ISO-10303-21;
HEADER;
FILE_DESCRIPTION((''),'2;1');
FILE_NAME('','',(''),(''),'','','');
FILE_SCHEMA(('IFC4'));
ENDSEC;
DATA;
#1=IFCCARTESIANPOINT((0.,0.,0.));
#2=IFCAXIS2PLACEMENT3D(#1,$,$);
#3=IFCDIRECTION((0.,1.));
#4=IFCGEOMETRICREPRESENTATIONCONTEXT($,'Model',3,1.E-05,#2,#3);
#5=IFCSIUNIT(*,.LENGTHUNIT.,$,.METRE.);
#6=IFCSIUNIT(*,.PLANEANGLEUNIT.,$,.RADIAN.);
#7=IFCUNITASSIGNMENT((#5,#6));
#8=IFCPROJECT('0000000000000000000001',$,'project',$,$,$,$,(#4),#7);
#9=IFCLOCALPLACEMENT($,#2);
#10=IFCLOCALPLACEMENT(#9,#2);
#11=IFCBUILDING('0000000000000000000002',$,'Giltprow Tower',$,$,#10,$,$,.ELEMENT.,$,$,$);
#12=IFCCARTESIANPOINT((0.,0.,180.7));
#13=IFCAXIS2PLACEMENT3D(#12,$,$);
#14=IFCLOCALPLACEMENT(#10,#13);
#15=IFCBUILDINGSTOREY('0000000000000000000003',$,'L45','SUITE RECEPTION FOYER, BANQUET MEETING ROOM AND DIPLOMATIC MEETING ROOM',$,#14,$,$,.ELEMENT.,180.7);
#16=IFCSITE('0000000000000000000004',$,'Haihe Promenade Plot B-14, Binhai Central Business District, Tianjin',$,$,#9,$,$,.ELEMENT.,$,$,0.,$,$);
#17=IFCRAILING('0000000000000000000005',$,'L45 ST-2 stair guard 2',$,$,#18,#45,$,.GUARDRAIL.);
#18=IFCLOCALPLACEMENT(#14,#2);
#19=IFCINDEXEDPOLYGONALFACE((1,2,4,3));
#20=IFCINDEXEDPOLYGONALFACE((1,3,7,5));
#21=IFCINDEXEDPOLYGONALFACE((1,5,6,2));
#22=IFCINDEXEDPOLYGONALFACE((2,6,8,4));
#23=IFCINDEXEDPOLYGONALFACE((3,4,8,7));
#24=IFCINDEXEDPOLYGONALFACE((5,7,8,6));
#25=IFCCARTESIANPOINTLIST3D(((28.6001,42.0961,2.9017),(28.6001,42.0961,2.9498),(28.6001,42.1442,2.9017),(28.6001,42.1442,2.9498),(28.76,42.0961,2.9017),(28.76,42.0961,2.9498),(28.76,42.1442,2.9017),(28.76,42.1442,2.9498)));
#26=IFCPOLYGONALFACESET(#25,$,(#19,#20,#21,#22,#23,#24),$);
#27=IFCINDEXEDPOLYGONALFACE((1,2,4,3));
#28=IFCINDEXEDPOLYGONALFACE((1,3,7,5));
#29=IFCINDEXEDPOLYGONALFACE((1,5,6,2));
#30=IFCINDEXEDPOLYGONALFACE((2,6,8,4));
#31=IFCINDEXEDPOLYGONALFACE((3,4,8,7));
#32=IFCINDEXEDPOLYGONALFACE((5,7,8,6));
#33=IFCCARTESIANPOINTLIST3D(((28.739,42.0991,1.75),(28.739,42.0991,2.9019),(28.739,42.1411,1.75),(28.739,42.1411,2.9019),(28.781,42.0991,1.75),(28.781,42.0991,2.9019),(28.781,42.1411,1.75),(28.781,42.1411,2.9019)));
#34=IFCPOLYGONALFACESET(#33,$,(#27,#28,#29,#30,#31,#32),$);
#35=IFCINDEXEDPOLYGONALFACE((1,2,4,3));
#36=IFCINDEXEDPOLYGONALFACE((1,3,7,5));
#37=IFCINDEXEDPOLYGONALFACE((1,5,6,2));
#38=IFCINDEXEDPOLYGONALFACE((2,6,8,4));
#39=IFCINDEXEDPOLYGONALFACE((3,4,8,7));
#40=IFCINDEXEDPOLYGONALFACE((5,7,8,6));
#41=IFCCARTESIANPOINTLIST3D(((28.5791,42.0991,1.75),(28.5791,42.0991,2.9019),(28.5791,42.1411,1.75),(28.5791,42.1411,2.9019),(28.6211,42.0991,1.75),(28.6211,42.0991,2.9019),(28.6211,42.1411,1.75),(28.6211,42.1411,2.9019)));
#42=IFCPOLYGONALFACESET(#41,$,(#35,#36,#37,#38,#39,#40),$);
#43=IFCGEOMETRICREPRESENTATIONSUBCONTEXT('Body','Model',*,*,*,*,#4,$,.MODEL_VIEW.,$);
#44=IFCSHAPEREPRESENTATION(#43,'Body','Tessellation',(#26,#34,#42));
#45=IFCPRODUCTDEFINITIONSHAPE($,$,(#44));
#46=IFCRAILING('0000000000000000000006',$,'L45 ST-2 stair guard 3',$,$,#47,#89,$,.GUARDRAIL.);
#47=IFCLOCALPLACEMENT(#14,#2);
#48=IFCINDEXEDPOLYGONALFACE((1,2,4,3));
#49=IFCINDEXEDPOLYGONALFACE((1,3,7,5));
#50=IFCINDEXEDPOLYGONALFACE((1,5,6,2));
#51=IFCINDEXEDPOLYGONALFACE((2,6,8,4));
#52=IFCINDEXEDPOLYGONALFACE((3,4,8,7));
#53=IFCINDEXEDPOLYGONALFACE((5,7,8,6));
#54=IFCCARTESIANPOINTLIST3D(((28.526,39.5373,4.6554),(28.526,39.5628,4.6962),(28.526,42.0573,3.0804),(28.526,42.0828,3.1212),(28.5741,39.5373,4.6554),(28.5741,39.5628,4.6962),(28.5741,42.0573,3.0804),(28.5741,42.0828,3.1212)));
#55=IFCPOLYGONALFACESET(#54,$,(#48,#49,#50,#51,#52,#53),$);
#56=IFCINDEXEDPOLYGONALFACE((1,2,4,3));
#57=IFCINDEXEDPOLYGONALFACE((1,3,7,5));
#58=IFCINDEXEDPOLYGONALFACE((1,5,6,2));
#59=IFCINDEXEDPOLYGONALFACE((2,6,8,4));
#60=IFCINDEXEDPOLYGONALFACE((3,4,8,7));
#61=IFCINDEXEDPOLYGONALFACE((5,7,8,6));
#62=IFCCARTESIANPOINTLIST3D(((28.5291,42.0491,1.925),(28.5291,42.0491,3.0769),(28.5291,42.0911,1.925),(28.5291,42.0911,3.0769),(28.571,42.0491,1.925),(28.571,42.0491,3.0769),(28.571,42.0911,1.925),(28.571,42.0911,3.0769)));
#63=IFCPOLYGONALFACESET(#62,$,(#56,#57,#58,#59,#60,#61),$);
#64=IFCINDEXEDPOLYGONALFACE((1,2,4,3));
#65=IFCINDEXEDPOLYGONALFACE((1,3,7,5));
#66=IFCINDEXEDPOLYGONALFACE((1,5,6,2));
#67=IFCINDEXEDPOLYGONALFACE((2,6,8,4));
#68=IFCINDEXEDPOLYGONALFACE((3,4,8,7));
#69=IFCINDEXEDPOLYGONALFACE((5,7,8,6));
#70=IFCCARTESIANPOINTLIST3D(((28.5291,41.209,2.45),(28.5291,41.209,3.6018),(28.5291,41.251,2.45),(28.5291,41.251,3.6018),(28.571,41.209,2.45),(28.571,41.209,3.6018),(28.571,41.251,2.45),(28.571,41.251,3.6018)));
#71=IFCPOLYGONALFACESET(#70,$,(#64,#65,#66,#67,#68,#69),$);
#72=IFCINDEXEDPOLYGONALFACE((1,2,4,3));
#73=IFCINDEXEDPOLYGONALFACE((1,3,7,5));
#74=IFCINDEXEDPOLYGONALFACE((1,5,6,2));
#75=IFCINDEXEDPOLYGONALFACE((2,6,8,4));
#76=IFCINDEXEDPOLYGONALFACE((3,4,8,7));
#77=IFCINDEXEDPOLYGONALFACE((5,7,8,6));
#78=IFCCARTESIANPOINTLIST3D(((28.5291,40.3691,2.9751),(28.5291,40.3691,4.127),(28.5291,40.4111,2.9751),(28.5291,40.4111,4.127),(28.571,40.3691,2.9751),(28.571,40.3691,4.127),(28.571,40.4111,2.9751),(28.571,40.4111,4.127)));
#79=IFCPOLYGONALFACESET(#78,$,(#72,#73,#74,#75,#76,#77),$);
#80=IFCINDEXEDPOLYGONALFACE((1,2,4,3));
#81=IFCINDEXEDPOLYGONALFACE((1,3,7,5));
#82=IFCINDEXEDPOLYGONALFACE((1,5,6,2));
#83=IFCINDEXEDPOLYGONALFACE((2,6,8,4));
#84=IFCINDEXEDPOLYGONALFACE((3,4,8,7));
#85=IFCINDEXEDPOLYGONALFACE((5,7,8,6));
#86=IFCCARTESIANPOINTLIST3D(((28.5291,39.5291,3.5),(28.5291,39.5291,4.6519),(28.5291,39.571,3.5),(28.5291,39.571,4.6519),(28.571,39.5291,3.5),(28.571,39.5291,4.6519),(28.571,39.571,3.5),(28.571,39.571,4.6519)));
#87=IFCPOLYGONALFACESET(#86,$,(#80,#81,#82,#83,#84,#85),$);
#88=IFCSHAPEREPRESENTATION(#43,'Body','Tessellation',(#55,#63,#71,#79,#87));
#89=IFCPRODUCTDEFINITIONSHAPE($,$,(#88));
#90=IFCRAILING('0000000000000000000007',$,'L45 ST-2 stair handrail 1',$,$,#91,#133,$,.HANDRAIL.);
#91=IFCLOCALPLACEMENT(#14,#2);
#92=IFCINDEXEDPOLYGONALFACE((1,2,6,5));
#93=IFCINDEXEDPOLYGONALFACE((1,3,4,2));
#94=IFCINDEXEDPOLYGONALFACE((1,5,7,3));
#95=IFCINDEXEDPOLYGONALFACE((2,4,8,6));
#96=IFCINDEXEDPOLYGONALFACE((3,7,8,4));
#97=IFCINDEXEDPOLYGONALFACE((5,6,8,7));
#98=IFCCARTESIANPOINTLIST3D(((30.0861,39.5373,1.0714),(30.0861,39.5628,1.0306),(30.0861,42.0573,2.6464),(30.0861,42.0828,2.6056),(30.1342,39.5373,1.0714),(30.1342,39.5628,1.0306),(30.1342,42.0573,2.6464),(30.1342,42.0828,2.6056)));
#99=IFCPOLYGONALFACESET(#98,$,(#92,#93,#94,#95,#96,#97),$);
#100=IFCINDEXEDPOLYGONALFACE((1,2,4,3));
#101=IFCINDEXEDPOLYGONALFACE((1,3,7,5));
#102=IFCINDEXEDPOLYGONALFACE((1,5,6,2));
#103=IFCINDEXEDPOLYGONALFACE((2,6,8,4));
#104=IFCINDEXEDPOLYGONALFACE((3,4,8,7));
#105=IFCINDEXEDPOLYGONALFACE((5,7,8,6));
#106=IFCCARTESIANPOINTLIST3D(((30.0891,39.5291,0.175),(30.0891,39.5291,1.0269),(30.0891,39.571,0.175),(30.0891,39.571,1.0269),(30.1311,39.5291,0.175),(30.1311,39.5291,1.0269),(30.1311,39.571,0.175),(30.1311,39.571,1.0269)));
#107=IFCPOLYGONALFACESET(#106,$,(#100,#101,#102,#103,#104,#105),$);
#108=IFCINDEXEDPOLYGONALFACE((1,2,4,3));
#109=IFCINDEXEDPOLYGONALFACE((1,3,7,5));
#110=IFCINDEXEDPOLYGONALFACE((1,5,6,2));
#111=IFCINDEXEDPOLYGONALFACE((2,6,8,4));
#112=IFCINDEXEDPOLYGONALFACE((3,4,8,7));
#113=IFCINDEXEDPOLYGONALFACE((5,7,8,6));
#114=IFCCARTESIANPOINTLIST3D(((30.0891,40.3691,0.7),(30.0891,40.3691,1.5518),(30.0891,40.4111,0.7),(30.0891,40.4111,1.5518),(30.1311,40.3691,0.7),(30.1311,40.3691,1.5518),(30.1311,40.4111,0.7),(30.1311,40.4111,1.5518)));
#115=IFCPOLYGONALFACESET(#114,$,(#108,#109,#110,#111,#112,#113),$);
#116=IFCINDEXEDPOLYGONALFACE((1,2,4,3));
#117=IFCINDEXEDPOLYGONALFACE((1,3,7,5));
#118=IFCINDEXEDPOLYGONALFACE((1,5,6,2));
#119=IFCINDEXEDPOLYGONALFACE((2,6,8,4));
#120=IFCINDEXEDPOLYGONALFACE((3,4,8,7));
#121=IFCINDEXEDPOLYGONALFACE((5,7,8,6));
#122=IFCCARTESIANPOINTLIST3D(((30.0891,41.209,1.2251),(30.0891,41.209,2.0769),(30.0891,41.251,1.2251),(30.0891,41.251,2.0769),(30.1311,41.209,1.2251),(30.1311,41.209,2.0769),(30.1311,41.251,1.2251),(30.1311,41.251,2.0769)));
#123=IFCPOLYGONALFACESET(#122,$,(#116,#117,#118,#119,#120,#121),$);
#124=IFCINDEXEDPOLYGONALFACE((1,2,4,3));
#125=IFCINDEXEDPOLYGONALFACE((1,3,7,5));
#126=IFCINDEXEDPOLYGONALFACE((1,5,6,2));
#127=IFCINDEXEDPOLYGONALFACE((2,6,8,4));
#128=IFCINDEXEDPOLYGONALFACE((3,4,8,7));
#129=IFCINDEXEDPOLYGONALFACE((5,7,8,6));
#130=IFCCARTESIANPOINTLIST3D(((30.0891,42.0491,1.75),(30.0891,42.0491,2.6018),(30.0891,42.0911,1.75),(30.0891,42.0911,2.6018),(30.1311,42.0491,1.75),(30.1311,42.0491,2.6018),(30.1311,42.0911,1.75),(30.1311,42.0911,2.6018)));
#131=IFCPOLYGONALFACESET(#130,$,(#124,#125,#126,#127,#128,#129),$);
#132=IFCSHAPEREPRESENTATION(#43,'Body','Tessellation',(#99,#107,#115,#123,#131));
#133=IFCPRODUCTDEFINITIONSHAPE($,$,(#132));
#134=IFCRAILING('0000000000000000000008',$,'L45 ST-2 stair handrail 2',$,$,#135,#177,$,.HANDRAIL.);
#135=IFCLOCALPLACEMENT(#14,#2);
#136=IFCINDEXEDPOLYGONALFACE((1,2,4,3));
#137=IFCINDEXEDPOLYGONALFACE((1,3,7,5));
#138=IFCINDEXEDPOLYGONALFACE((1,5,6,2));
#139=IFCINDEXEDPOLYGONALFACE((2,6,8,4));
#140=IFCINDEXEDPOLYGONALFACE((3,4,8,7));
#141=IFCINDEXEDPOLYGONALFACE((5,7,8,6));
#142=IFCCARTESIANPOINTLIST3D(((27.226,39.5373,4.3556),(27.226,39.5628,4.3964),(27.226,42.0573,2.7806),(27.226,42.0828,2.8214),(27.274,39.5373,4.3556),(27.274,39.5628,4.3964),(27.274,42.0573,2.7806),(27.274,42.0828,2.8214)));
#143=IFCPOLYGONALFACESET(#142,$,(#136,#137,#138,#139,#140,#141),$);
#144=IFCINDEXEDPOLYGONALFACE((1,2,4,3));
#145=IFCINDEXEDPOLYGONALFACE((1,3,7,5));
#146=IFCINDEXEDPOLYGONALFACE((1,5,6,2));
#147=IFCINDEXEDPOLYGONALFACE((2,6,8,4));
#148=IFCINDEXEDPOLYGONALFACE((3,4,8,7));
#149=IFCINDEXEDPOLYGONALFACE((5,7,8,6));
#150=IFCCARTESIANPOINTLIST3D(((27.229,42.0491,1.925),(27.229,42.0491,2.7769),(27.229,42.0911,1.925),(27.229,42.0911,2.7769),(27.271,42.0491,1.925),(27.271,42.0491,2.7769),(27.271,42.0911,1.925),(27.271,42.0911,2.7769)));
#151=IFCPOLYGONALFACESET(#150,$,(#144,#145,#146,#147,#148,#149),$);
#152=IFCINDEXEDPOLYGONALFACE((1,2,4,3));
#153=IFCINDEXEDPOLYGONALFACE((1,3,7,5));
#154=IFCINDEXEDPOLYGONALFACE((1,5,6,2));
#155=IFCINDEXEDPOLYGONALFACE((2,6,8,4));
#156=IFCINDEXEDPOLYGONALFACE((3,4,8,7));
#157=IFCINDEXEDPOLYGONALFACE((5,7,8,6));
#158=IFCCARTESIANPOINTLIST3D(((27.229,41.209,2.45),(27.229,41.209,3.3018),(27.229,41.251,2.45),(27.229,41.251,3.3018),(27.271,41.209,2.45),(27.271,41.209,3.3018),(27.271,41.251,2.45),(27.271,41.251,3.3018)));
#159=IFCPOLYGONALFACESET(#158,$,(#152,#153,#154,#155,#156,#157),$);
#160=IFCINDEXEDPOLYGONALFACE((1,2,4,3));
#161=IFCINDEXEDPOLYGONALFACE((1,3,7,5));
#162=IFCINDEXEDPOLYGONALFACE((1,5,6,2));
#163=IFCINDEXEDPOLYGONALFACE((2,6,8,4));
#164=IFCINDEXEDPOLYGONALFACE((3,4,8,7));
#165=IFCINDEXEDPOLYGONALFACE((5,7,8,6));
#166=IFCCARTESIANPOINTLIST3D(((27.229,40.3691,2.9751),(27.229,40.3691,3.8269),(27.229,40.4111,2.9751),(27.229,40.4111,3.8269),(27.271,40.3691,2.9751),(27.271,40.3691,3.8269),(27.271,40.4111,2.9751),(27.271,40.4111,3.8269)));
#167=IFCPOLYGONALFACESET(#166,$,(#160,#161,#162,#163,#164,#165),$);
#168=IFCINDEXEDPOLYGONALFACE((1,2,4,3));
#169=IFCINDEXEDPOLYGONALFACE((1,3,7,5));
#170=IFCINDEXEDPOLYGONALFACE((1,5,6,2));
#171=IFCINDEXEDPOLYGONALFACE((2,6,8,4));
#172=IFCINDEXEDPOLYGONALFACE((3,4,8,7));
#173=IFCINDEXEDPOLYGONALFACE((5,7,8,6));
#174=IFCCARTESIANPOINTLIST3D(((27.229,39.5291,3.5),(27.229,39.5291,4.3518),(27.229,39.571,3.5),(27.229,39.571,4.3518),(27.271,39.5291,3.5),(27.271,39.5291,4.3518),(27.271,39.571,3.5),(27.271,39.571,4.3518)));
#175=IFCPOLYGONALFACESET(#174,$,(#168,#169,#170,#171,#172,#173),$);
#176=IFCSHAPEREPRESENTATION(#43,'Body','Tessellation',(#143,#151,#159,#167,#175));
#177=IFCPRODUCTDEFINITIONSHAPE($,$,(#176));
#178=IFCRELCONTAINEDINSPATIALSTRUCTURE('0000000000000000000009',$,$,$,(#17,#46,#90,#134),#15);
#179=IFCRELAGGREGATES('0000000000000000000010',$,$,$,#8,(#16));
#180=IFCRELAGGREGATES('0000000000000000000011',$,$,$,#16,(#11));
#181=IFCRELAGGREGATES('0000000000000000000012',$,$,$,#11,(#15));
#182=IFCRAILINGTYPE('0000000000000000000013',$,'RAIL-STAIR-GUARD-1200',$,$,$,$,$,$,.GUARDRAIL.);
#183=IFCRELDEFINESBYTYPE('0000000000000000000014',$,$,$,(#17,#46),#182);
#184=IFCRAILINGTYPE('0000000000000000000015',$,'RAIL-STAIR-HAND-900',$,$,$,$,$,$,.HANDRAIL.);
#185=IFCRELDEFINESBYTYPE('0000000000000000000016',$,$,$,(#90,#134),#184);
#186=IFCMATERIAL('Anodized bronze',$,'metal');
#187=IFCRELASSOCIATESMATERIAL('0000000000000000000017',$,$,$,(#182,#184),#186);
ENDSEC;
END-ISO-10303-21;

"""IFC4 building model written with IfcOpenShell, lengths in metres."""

from ifc_helpers import new_model, si_unit, direction, frame, origin, origin_2d, place, context, subcontext, project, spatial, rectangle, extrude, material, type_object, element, save


model = new_model("IFC4")

# Units and contexts
model_context = context("Model", 3, precision=1e-05, world=origin(), true_north=direction((0.0, 1.0)))
body_context = subcontext(model_context, "Body", "Model", "MODEL_VIEW")
ifc_project = project(units=[si_unit("LENGTHUNIT", "METRE"), si_unit("PLANEANGLEUNIT", "RADIAN")], contexts=[model_context])

# Site, building, storey
site_placement = place(None, origin())
site = spatial("IfcSite", under=ifc_project, at=site_placement, Name="Haihe Promenade Plot B-14, Binhai Central Business District, Tianjin", CompositionType="ELEMENT", RefElevation=0.0)
building_placement = place(site_placement, origin())
building = spatial("IfcBuilding", under=site, at=building_placement, Name="Giltprow Tower", CompositionType="ELEMENT")
storey_placement = place(building_placement, frame((0.0, 0.0, 180.7)))
storey = spatial("IfcBuildingStorey", under=building, at=storey_placement, Name="L45", Description="SUITE RECEPTION FOYER, BANQUET MEETING ROOM AND DIPLOMATIC MEETING ROOM", CompositionType="ELEMENT", Elevation=180.7)

# Railings
ifc_material_1 = material(Name="Anodized bronze", Category="metal")
railing_type_1 = type_object("IfcRailingType", Name="RAIL-STAIR-GUARD-1200", PredefinedType="GUARDRAIL", material=ifc_material_1)
railing_1_placement = place(storey_placement, frame((28.76, 42.1201, 1.75)))
element("IfcRailing", 1, at=railing_1_placement, inside=storey, type_object=railing_type_1, Name="L45 ST-2 stair guard 2", PredefinedType="GUARDRAIL", context=body_context, shape_type="SweptSolid", body=[
    extrude(rectangle(XDim=0.0481, YDim=0.0481, at=origin_2d()), frame((0.0, 0.0, 1.1758), z_axis=(-1.0, 0.0, 0.0), x_axis=(0.0, -1.0, 0.0)), (0.0, 0.0, 1.0), 0.1599),
    extrude(rectangle(XDim=0.042, YDim=0.042, at=origin_2d()), origin(), (0.0, 0.0, 1.0), 1.1519),
    extrude(rectangle(XDim=0.042, YDim=0.042, at=origin_2d()), frame((-0.1599, 0.0, 0.0)), (0.0, 0.0, 1.0), 1.1519),
])
railing_2_placement = place(storey_placement, frame((28.55, 42.0701, 1.925)))
element("IfcRailing", 2, at=railing_2_placement, inside=storey, type_object=railing_type_1, Name="L45 ST-2 stair guard 3", PredefinedType="GUARDRAIL", context=body_context, shape_type="SweptSolid", body=[
    extrude(rectangle(XDim=0.0481, YDim=0.0481, at=origin_2d()), frame((0.0, 0.0, 1.1758), z_axis=(0.0, -0.848008, 0.529984), x_axis=(1.0, 0.0, 0.0)), (0.0, 0.0, 1.0), 2.9717),
    extrude(rectangle(XDim=0.042, YDim=0.042, at=origin_2d()), origin(), (0.0, 0.0, 1.0), 1.1519),
    extrude(rectangle(XDim=0.042, YDim=0.042, at=origin_2d()), frame((0.0, -0.8401, 0.5249)), (0.0, 0.0, 1.0), 1.1519),
    extrude(rectangle(XDim=0.042, YDim=0.042, at=origin_2d()), frame((0.0, -1.6799, 1.05)), (0.0, 0.0, 1.0), 1.1519),
    extrude(rectangle(XDim=0.042, YDim=0.042, at=origin_2d()), frame((0.0, -2.52, 1.575)), (0.0, 0.0, 1.0), 1.1519),
])
railing_type_2 = type_object("IfcRailingType", Name="RAIL-STAIR-HAND-900", PredefinedType="HANDRAIL", material=ifc_material_1)
railing_3_placement = place(storey_placement, frame((30.1101, 39.55, 0.175)))
element("IfcRailing", 3, at=railing_3_placement, inside=storey, type_object=railing_type_2, Name="L45 ST-2 stair handrail 1", PredefinedType="HANDRAIL", context=body_context, shape_type="SweptSolid", body=[
    extrude(rectangle(XDim=0.0481, YDim=0.0481, at=origin_2d()), frame((0.0, 0.0, 0.876), z_axis=(0.0, 0.848008, 0.529984), x_axis=(-1.0, 0.0, 0.0)), (0.0, 0.0, 1.0), 2.9717),
    extrude(rectangle(XDim=0.042, YDim=0.042, at=origin_2d()), origin(), (0.0, 0.0, 1.0), 0.8518),
    extrude(rectangle(XDim=0.042, YDim=0.042, at=origin_2d()), frame((0.0, 0.8401, 0.5249)), (0.0, 0.0, 1.0), 0.8518),
    extrude(rectangle(XDim=0.042, YDim=0.042, at=origin_2d()), frame((0.0, 1.6799, 1.05)), (0.0, 0.0, 1.0), 0.8518),
    extrude(rectangle(XDim=0.042, YDim=0.042, at=origin_2d()), frame((0.0, 2.52, 1.575)), (0.0, 0.0, 1.0), 0.8518),
])
railing_4_placement = place(storey_placement, frame((27.25, 42.0701, 1.925)))
element("IfcRailing", 4, at=railing_4_placement, inside=storey, type_object=railing_type_2, Name="L45 ST-2 stair handrail 2", PredefinedType="HANDRAIL", context=body_context, shape_type="SweptSolid", body=[
    extrude(rectangle(XDim=0.0481, YDim=0.0481, at=origin_2d()), frame((0.0, 0.0, 0.876), z_axis=(0.0, -0.848008, 0.529984), x_axis=(1.0, 0.0, 0.0)), (0.0, 0.0, 1.0), 2.9717),
    extrude(rectangle(XDim=0.042, YDim=0.042, at=origin_2d()), origin(), (0.0, 0.0, 1.0), 0.8518),
    extrude(rectangle(XDim=0.042, YDim=0.042, at=origin_2d()), frame((0.0, -0.8401, 0.5249)), (0.0, 0.0, 1.0), 0.8518),
    extrude(rectangle(XDim=0.042, YDim=0.042, at=origin_2d()), frame((0.0, -1.6799, 1.05)), (0.0, 0.0, 1.0), 0.8518),
    extrude(rectangle(XDim=0.042, YDim=0.042, at=origin_2d()), frame((0.0, -2.52, 1.575)), (0.0, 0.0, 1.0), 0.8518),
])

save(model, "model.ifc")
